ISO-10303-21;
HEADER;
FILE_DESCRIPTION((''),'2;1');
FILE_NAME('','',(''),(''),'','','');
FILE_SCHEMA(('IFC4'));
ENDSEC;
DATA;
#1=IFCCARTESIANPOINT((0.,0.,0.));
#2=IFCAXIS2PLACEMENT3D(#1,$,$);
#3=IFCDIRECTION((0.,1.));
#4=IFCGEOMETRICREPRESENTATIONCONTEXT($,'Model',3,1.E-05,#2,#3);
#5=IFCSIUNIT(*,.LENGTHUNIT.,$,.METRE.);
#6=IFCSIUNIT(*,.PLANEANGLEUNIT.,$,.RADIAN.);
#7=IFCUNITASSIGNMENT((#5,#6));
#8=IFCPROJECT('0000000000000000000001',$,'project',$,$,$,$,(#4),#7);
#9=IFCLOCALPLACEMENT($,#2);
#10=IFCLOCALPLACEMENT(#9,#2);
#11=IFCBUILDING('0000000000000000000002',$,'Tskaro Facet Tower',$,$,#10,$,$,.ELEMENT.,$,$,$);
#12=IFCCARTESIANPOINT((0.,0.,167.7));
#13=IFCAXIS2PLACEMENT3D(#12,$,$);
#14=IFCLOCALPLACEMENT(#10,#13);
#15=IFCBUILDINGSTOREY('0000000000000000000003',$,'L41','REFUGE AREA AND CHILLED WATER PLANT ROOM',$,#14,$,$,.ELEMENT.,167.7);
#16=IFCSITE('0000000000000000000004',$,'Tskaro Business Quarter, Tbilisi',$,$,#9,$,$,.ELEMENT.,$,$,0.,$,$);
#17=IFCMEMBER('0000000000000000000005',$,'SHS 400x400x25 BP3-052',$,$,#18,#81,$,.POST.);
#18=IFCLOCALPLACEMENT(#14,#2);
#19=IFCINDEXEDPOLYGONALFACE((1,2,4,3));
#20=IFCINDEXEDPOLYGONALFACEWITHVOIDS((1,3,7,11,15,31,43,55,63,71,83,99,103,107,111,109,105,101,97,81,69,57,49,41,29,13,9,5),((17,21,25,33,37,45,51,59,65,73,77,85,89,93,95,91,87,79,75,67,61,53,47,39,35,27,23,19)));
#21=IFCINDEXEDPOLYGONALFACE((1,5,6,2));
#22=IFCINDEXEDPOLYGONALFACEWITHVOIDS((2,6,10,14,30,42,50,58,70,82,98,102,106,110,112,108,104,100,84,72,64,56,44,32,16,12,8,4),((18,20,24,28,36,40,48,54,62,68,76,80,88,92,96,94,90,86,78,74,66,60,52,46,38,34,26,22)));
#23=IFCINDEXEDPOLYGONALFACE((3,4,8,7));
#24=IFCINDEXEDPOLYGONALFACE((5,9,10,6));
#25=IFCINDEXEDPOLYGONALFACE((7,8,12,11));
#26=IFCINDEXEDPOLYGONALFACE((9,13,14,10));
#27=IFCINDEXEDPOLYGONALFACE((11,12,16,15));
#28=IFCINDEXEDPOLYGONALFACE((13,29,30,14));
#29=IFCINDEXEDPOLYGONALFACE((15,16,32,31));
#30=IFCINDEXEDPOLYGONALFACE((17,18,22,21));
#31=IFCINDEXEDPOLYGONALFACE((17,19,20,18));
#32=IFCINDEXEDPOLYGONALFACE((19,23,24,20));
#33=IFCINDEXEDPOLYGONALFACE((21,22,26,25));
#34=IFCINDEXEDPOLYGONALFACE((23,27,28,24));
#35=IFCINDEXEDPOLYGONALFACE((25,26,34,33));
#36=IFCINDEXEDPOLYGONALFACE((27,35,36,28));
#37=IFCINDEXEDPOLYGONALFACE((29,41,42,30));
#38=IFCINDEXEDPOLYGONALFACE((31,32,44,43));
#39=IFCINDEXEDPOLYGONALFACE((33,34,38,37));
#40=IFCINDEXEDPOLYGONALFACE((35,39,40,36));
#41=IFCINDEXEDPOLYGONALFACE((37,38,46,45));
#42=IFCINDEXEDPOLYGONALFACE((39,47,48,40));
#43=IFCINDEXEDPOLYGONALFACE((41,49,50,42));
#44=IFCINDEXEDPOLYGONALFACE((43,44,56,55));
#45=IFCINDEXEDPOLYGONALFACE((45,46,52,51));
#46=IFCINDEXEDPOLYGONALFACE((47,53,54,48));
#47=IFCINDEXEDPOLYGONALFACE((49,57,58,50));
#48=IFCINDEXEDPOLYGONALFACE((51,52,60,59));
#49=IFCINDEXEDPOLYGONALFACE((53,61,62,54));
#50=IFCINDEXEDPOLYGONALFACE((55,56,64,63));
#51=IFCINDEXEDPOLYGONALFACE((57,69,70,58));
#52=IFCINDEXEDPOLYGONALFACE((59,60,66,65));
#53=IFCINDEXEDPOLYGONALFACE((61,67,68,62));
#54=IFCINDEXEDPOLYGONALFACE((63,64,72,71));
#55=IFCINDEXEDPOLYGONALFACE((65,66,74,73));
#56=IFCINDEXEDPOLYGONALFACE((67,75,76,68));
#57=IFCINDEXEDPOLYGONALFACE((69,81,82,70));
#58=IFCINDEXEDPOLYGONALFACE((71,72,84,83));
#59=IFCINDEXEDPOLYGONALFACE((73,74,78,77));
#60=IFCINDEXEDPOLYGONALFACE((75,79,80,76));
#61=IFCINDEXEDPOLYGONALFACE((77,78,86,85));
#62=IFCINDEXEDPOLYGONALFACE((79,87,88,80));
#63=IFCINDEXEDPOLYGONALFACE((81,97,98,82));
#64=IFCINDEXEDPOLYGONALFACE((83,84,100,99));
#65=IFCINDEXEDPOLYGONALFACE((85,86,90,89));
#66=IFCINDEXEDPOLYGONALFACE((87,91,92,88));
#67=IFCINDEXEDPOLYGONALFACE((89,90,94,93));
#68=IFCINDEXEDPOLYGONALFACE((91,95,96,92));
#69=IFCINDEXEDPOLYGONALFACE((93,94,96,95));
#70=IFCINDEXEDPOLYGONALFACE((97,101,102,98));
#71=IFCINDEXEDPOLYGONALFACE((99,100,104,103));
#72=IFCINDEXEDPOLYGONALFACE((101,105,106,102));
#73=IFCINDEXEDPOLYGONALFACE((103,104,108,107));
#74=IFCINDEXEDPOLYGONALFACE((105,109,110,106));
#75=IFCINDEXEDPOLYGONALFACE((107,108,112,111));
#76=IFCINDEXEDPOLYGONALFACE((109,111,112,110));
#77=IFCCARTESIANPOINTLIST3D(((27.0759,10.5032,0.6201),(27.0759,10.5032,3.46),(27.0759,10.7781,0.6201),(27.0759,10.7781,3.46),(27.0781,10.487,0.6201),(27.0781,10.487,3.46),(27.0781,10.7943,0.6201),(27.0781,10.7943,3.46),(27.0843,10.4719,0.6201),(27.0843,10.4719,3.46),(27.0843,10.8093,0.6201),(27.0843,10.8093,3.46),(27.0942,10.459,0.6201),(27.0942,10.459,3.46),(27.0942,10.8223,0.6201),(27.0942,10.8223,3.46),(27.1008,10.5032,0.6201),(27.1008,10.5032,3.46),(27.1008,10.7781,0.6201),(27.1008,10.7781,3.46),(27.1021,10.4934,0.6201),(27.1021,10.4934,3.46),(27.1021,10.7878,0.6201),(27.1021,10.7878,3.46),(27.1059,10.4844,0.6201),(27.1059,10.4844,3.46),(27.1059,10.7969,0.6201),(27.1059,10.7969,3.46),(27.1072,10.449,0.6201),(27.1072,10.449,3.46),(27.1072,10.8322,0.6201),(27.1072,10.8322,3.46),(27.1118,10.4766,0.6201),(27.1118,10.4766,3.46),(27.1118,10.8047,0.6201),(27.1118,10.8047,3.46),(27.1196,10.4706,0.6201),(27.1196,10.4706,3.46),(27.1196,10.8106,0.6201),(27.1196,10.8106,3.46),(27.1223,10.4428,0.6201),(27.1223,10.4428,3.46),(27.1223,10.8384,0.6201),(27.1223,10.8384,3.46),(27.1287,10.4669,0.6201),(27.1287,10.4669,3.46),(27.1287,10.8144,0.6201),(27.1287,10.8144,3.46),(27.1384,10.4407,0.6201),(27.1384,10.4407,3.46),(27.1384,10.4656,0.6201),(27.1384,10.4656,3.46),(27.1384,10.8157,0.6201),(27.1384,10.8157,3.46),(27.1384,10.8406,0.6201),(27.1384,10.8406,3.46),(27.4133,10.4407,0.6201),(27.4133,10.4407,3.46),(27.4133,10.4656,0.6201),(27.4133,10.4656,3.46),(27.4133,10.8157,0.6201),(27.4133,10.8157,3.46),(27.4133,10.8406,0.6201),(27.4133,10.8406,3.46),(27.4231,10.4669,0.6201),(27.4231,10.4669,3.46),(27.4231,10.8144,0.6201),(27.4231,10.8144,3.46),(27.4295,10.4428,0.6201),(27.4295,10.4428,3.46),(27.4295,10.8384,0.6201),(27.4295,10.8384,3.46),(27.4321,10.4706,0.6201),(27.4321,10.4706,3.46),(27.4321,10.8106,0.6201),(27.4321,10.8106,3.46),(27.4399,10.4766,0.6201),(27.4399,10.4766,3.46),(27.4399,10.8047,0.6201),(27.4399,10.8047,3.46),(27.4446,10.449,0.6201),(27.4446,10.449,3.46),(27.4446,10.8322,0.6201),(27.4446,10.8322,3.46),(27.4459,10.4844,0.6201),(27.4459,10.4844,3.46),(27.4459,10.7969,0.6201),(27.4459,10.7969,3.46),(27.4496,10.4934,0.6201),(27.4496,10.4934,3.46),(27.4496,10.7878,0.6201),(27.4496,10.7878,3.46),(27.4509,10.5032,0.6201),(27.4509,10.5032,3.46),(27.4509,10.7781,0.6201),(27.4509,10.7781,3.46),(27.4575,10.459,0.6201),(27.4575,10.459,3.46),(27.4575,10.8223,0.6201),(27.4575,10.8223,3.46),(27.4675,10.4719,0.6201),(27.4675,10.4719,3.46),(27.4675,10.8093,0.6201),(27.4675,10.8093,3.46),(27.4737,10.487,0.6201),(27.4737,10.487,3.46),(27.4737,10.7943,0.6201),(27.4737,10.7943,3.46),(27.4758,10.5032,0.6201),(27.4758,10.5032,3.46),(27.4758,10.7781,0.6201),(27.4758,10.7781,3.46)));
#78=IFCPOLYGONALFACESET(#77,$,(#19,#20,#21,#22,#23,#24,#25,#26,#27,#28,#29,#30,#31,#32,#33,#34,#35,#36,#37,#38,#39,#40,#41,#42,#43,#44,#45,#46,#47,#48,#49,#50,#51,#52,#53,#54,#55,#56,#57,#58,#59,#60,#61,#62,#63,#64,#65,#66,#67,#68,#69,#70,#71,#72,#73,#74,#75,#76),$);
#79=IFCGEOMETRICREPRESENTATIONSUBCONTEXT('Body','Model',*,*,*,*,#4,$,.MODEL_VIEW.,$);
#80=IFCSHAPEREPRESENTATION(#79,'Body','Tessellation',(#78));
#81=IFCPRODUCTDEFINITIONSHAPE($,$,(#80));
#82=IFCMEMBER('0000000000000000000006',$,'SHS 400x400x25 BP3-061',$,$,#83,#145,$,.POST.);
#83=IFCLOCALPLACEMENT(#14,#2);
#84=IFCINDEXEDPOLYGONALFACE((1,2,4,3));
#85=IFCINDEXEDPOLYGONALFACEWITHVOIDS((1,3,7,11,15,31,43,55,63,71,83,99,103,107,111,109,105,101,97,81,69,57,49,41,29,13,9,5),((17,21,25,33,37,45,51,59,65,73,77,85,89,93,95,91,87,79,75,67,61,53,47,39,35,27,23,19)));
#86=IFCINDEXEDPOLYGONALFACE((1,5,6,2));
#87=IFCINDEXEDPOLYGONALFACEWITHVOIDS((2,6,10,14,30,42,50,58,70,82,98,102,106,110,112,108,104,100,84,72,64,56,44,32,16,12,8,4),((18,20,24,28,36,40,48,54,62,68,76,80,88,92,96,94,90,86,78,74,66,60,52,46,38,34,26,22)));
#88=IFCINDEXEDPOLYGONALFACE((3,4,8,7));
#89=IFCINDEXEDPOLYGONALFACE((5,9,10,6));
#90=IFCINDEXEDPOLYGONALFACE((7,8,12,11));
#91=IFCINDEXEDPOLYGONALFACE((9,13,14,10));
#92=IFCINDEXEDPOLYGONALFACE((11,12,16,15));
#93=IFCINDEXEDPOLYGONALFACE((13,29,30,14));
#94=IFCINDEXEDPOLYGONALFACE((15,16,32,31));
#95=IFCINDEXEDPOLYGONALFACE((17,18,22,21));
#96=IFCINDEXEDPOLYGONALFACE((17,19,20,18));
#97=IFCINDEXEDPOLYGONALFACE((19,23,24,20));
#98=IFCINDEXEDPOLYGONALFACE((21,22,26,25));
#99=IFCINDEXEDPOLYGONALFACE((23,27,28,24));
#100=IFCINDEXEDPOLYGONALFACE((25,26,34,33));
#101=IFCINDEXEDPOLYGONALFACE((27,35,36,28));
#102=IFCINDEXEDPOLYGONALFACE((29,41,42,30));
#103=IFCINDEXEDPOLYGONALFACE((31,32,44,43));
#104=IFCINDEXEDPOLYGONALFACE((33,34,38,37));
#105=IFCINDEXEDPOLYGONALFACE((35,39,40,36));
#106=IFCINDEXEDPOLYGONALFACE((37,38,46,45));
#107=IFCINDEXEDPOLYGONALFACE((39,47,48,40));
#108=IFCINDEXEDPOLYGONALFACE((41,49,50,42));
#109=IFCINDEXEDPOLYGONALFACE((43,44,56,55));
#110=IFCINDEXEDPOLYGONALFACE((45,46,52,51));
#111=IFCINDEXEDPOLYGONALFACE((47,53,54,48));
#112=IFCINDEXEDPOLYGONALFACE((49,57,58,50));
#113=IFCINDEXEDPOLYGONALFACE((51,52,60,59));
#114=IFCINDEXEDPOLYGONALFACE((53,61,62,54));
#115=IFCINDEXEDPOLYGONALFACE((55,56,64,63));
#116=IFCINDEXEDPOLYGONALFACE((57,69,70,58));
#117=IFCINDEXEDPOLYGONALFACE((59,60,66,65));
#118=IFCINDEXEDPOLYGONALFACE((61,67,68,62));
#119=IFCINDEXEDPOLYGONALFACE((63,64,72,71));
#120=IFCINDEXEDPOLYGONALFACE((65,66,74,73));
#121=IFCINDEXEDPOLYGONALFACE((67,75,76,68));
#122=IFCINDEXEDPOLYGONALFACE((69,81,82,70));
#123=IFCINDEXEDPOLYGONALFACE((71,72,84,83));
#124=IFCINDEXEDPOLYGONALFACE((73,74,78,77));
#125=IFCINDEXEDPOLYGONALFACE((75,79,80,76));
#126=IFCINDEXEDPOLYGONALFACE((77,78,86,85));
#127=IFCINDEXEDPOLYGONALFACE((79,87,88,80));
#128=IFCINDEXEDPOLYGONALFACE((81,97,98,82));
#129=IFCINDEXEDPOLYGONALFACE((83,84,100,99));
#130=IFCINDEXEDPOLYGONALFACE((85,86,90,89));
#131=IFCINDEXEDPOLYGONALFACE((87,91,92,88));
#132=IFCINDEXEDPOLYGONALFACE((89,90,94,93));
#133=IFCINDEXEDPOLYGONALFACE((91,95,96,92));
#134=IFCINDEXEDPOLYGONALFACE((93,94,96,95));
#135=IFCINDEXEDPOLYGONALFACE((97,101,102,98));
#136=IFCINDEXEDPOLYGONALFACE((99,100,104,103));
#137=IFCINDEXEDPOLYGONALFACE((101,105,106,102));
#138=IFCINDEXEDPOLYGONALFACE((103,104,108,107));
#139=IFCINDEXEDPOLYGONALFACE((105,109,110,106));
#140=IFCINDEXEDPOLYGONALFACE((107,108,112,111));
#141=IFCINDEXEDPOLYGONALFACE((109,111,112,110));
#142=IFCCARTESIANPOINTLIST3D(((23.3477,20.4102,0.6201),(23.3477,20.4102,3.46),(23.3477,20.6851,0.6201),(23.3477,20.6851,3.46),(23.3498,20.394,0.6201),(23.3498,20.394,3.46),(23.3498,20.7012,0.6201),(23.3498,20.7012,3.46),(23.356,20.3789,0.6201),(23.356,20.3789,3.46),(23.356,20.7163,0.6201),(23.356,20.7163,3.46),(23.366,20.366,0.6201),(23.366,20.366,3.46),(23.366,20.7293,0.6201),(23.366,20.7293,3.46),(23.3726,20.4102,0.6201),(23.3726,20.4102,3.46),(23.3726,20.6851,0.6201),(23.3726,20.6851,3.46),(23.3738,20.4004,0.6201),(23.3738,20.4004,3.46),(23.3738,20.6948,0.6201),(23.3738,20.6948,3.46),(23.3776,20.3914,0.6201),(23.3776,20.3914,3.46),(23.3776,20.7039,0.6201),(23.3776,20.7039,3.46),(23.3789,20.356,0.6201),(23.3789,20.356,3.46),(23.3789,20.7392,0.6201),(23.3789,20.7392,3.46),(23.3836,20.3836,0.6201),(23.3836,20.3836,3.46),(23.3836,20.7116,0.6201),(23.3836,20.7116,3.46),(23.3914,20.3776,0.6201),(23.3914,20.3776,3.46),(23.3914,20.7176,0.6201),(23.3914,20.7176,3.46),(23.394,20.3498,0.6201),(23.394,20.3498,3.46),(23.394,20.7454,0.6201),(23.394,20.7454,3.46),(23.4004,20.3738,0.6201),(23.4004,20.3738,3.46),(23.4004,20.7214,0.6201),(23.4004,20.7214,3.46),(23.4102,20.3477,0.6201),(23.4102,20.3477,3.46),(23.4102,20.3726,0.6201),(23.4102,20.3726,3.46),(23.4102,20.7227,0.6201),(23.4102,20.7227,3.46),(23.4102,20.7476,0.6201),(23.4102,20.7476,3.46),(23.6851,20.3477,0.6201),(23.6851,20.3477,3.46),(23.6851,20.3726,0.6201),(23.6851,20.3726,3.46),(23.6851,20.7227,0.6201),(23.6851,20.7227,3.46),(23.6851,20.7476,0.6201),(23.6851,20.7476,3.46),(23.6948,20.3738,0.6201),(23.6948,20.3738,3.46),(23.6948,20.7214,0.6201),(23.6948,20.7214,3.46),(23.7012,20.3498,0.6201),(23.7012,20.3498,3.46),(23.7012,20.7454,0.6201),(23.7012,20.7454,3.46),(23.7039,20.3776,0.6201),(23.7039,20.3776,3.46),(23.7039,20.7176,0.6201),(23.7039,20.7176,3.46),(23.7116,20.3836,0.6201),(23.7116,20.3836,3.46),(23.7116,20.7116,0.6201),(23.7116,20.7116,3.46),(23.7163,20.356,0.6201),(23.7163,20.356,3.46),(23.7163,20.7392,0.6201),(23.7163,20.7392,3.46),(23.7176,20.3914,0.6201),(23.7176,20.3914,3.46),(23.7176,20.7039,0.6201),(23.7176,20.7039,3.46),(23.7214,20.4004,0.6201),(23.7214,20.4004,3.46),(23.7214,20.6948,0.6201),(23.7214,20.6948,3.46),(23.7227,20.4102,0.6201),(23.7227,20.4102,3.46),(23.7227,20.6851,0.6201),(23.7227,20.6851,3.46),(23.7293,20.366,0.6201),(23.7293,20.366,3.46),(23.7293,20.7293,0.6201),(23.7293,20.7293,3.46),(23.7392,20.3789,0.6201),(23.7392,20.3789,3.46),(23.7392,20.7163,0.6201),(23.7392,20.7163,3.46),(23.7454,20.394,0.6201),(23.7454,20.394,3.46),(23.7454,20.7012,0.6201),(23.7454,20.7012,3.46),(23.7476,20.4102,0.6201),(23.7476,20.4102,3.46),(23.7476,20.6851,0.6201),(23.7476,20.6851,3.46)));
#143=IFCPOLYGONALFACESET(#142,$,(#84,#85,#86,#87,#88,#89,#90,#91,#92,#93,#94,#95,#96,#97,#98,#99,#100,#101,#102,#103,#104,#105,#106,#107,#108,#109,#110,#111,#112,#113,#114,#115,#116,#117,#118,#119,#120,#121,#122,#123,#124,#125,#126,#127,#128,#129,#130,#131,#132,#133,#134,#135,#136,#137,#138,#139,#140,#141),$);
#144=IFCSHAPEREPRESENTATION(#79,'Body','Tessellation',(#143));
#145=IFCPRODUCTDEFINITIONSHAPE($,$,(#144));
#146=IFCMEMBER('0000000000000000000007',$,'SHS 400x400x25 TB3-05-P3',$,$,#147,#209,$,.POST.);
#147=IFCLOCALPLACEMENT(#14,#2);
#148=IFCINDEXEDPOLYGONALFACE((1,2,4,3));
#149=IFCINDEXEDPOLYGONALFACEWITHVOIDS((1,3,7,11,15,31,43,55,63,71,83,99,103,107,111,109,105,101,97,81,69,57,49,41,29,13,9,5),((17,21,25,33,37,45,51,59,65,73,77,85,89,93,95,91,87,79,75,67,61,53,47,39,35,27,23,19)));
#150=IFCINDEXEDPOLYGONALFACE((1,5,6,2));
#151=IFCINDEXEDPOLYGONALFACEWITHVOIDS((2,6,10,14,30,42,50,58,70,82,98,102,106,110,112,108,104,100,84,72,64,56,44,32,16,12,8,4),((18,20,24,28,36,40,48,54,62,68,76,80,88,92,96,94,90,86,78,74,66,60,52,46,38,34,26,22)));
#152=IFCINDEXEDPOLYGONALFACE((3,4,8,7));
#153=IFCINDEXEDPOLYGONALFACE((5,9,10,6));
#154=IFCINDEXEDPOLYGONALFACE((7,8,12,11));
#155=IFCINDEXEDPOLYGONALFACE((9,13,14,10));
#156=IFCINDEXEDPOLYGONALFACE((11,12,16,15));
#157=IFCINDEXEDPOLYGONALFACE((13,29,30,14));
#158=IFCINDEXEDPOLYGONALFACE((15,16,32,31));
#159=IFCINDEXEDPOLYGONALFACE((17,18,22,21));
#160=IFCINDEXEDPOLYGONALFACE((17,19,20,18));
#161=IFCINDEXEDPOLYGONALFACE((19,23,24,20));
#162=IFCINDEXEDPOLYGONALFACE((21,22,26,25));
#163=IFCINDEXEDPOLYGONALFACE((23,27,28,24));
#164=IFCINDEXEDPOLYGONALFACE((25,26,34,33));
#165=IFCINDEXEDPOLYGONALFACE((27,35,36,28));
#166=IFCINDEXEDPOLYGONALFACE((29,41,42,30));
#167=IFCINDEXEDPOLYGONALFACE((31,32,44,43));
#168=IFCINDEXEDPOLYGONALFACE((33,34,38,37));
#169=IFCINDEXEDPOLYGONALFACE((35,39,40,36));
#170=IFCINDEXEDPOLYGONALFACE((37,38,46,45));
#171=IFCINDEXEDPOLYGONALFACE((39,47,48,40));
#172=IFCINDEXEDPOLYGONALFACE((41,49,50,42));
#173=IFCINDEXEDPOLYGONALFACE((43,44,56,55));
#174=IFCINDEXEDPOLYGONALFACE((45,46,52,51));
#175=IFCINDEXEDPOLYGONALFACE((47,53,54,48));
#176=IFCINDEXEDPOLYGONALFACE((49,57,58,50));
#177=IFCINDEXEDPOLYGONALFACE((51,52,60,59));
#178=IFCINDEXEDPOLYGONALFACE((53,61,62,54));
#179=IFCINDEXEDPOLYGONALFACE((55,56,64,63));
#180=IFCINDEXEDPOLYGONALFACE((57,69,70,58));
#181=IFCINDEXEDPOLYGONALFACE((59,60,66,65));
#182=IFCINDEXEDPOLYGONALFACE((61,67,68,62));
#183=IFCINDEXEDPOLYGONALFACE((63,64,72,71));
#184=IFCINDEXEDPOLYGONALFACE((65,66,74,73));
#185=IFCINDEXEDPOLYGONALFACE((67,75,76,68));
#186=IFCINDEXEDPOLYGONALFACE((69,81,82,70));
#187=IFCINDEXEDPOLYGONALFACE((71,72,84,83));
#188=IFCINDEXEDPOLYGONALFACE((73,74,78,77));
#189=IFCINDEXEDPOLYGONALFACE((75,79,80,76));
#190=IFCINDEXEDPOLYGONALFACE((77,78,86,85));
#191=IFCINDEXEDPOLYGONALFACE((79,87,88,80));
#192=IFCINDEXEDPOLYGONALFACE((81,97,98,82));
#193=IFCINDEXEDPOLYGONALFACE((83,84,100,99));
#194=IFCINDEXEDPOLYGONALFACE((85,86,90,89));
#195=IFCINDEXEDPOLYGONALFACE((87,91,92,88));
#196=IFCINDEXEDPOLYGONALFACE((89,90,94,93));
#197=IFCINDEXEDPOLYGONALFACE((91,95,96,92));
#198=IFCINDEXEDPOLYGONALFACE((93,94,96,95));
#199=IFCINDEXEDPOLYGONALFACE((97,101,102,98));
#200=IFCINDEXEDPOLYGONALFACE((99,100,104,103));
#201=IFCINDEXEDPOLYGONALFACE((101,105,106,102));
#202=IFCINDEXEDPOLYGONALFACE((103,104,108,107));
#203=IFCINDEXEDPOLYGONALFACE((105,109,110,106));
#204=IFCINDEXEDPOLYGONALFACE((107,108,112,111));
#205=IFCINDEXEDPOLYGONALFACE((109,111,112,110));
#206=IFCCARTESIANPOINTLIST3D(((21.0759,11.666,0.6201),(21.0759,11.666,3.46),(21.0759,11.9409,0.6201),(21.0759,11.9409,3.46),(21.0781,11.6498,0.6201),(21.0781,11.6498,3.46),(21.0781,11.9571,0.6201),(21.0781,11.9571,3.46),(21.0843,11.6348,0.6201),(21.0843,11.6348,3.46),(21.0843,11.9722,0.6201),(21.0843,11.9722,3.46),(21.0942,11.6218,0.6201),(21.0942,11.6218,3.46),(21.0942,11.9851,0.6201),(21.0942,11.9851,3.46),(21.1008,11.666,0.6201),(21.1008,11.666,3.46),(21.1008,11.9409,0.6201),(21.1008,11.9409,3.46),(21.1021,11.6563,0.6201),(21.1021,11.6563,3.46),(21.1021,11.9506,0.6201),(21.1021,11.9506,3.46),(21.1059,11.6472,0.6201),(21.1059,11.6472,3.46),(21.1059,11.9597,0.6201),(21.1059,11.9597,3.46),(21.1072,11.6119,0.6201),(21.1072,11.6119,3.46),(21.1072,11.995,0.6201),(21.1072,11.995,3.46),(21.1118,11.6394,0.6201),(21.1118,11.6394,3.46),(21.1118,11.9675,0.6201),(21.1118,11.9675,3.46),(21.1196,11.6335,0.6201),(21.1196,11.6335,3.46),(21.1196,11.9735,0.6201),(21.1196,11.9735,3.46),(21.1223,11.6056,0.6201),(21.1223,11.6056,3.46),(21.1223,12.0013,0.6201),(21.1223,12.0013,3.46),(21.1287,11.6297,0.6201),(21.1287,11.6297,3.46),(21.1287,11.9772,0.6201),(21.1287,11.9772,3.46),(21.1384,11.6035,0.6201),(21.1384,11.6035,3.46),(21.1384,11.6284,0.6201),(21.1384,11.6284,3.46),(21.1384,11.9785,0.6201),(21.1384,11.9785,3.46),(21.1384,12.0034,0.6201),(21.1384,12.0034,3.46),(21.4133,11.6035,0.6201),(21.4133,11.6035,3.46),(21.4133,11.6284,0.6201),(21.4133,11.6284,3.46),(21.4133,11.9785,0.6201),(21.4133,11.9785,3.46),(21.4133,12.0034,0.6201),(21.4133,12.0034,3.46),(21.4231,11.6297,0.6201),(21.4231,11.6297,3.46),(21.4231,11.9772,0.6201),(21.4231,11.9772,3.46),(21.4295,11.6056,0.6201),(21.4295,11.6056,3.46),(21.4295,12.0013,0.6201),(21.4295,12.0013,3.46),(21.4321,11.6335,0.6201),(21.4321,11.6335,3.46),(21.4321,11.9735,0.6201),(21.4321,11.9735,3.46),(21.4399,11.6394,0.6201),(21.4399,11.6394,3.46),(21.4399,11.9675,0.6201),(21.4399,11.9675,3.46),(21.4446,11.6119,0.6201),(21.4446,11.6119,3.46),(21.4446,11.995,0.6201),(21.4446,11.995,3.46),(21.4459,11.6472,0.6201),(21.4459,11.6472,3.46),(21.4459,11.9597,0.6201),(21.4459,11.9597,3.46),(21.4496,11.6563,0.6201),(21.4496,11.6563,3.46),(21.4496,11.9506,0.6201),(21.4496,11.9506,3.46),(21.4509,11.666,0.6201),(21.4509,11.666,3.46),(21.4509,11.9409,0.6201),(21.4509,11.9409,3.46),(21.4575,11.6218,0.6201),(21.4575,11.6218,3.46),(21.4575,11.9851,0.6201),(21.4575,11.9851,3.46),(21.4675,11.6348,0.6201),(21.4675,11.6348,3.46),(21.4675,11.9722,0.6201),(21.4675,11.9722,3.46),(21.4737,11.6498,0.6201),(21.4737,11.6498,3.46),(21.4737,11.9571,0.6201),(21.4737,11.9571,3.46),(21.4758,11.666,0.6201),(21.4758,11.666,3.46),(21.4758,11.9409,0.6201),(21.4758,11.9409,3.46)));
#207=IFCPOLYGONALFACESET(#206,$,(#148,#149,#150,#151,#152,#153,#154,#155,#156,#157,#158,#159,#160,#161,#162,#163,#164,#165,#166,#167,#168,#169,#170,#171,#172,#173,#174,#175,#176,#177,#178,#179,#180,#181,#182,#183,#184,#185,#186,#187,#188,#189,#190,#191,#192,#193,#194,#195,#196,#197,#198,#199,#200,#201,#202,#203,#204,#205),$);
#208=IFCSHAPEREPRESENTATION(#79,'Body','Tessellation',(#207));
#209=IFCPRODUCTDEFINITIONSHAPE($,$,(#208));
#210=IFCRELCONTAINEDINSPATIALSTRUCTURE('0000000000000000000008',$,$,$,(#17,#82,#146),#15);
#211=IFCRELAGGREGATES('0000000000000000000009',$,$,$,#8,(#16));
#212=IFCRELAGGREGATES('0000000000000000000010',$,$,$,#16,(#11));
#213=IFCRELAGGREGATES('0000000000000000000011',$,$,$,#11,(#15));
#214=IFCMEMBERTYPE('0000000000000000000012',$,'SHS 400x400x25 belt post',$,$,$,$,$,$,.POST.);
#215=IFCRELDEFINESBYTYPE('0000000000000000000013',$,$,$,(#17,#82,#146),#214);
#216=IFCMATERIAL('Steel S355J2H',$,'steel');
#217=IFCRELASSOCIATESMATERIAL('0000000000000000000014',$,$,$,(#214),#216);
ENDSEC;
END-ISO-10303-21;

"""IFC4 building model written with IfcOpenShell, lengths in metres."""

from ifc_helpers import new_model, si_unit, direction, frame, origin, origin_2d, place, context, subcontext, project, spatial, hollow_rectangle, extrude, material, material_profile, profile_set, type_object, element, save


model = new_model("IFC4")

# Units and contexts
model_context = context("Model", 3, precision=1e-05, world=origin(), true_north=direction((0.0, 1.0)))
body_context = subcontext(model_context, "Body", "Model", "MODEL_VIEW")
ifc_project = project(units=[si_unit("LENGTHUNIT", "METRE"), si_unit("PLANEANGLEUNIT", "RADIAN")], contexts=[model_context])

# Site, building, storey
site_placement = place(None, origin())
site = spatial("IfcSite", under=ifc_project, at=site_placement, Name="Tskaro Business Quarter, Tbilisi", CompositionType="ELEMENT", RefElevation=0.0)
building_placement = place(site_placement, origin())
building = spatial("IfcBuilding", under=site, at=building_placement, Name="Tskaro Facet Tower", CompositionType="ELEMENT")
storey_placement = place(building_placement, frame((0.0, 0.0, 167.7)))
storey = spatial("IfcBuildingStorey", under=building, at=storey_placement, Name="L41", Description="REFUGE AREA AND CHILLED WATER PLANT ROOM", CompositionType="ELEMENT", Elevation=167.7)

# Shared definitions
ifc_material_1 = material(Name="Steel S355J2H", Category="steel")

# Members
ifc_material_profile_1 = material_profile(ifc_material_1, hollow_rectangle(XDim=0.3999, YDim=0.3999, WallThickness=0.0249, InnerFilletRadius=0.0376, OuterFilletRadius=0.0625, at=origin_2d()), Name="SHS 400x400x25")
ifc_profile_set_1 = profile_set([ifc_material_profile_1], Name="Steel S355J2H")
member_type_1 = type_object("IfcMemberType", Name="SHS 400x400x25 belt post", PredefinedType="POST", material=ifc_profile_set_1)
for number, where, z_axis, x_axis, name in (
    (1, (27.2759, 10.6406, 0.6201), (0.0, 0.0, 1.0), (1.0, 0.0, 0.0), "SHS 400x400x25 BP3-052"),
    (2, (23.5476, 20.5476, 0.6201), (0.0, 0.0, 1.0), (1.0, 0.0, 0.0), "SHS 400x400x25 BP3-061"),
    (3, (21.2759, 11.8035, 0.6201), (0.0, 0.0, 1.0), (1.0, 0.0, 0.0), "SHS 400x400x25 TB3-05-P3"),
):
    element("IfcMember", number, at=place(storey_placement, frame(where, z_axis=z_axis, x_axis=x_axis)), inside=storey, type_object=member_type_1, Name=name, PredefinedType="POST", context=body_context, shape_type="SweptSolid", body=[
        extrude(hollow_rectangle(XDim=0.3999, YDim=0.3999, WallThickness=0.0249, InnerFilletRadius=0.0376, OuterFilletRadius=0.0625, at=origin_2d()), origin(), (0.0, 0.0, 1.0), 2.8398),
    ])

save(model, "model.ifc")
